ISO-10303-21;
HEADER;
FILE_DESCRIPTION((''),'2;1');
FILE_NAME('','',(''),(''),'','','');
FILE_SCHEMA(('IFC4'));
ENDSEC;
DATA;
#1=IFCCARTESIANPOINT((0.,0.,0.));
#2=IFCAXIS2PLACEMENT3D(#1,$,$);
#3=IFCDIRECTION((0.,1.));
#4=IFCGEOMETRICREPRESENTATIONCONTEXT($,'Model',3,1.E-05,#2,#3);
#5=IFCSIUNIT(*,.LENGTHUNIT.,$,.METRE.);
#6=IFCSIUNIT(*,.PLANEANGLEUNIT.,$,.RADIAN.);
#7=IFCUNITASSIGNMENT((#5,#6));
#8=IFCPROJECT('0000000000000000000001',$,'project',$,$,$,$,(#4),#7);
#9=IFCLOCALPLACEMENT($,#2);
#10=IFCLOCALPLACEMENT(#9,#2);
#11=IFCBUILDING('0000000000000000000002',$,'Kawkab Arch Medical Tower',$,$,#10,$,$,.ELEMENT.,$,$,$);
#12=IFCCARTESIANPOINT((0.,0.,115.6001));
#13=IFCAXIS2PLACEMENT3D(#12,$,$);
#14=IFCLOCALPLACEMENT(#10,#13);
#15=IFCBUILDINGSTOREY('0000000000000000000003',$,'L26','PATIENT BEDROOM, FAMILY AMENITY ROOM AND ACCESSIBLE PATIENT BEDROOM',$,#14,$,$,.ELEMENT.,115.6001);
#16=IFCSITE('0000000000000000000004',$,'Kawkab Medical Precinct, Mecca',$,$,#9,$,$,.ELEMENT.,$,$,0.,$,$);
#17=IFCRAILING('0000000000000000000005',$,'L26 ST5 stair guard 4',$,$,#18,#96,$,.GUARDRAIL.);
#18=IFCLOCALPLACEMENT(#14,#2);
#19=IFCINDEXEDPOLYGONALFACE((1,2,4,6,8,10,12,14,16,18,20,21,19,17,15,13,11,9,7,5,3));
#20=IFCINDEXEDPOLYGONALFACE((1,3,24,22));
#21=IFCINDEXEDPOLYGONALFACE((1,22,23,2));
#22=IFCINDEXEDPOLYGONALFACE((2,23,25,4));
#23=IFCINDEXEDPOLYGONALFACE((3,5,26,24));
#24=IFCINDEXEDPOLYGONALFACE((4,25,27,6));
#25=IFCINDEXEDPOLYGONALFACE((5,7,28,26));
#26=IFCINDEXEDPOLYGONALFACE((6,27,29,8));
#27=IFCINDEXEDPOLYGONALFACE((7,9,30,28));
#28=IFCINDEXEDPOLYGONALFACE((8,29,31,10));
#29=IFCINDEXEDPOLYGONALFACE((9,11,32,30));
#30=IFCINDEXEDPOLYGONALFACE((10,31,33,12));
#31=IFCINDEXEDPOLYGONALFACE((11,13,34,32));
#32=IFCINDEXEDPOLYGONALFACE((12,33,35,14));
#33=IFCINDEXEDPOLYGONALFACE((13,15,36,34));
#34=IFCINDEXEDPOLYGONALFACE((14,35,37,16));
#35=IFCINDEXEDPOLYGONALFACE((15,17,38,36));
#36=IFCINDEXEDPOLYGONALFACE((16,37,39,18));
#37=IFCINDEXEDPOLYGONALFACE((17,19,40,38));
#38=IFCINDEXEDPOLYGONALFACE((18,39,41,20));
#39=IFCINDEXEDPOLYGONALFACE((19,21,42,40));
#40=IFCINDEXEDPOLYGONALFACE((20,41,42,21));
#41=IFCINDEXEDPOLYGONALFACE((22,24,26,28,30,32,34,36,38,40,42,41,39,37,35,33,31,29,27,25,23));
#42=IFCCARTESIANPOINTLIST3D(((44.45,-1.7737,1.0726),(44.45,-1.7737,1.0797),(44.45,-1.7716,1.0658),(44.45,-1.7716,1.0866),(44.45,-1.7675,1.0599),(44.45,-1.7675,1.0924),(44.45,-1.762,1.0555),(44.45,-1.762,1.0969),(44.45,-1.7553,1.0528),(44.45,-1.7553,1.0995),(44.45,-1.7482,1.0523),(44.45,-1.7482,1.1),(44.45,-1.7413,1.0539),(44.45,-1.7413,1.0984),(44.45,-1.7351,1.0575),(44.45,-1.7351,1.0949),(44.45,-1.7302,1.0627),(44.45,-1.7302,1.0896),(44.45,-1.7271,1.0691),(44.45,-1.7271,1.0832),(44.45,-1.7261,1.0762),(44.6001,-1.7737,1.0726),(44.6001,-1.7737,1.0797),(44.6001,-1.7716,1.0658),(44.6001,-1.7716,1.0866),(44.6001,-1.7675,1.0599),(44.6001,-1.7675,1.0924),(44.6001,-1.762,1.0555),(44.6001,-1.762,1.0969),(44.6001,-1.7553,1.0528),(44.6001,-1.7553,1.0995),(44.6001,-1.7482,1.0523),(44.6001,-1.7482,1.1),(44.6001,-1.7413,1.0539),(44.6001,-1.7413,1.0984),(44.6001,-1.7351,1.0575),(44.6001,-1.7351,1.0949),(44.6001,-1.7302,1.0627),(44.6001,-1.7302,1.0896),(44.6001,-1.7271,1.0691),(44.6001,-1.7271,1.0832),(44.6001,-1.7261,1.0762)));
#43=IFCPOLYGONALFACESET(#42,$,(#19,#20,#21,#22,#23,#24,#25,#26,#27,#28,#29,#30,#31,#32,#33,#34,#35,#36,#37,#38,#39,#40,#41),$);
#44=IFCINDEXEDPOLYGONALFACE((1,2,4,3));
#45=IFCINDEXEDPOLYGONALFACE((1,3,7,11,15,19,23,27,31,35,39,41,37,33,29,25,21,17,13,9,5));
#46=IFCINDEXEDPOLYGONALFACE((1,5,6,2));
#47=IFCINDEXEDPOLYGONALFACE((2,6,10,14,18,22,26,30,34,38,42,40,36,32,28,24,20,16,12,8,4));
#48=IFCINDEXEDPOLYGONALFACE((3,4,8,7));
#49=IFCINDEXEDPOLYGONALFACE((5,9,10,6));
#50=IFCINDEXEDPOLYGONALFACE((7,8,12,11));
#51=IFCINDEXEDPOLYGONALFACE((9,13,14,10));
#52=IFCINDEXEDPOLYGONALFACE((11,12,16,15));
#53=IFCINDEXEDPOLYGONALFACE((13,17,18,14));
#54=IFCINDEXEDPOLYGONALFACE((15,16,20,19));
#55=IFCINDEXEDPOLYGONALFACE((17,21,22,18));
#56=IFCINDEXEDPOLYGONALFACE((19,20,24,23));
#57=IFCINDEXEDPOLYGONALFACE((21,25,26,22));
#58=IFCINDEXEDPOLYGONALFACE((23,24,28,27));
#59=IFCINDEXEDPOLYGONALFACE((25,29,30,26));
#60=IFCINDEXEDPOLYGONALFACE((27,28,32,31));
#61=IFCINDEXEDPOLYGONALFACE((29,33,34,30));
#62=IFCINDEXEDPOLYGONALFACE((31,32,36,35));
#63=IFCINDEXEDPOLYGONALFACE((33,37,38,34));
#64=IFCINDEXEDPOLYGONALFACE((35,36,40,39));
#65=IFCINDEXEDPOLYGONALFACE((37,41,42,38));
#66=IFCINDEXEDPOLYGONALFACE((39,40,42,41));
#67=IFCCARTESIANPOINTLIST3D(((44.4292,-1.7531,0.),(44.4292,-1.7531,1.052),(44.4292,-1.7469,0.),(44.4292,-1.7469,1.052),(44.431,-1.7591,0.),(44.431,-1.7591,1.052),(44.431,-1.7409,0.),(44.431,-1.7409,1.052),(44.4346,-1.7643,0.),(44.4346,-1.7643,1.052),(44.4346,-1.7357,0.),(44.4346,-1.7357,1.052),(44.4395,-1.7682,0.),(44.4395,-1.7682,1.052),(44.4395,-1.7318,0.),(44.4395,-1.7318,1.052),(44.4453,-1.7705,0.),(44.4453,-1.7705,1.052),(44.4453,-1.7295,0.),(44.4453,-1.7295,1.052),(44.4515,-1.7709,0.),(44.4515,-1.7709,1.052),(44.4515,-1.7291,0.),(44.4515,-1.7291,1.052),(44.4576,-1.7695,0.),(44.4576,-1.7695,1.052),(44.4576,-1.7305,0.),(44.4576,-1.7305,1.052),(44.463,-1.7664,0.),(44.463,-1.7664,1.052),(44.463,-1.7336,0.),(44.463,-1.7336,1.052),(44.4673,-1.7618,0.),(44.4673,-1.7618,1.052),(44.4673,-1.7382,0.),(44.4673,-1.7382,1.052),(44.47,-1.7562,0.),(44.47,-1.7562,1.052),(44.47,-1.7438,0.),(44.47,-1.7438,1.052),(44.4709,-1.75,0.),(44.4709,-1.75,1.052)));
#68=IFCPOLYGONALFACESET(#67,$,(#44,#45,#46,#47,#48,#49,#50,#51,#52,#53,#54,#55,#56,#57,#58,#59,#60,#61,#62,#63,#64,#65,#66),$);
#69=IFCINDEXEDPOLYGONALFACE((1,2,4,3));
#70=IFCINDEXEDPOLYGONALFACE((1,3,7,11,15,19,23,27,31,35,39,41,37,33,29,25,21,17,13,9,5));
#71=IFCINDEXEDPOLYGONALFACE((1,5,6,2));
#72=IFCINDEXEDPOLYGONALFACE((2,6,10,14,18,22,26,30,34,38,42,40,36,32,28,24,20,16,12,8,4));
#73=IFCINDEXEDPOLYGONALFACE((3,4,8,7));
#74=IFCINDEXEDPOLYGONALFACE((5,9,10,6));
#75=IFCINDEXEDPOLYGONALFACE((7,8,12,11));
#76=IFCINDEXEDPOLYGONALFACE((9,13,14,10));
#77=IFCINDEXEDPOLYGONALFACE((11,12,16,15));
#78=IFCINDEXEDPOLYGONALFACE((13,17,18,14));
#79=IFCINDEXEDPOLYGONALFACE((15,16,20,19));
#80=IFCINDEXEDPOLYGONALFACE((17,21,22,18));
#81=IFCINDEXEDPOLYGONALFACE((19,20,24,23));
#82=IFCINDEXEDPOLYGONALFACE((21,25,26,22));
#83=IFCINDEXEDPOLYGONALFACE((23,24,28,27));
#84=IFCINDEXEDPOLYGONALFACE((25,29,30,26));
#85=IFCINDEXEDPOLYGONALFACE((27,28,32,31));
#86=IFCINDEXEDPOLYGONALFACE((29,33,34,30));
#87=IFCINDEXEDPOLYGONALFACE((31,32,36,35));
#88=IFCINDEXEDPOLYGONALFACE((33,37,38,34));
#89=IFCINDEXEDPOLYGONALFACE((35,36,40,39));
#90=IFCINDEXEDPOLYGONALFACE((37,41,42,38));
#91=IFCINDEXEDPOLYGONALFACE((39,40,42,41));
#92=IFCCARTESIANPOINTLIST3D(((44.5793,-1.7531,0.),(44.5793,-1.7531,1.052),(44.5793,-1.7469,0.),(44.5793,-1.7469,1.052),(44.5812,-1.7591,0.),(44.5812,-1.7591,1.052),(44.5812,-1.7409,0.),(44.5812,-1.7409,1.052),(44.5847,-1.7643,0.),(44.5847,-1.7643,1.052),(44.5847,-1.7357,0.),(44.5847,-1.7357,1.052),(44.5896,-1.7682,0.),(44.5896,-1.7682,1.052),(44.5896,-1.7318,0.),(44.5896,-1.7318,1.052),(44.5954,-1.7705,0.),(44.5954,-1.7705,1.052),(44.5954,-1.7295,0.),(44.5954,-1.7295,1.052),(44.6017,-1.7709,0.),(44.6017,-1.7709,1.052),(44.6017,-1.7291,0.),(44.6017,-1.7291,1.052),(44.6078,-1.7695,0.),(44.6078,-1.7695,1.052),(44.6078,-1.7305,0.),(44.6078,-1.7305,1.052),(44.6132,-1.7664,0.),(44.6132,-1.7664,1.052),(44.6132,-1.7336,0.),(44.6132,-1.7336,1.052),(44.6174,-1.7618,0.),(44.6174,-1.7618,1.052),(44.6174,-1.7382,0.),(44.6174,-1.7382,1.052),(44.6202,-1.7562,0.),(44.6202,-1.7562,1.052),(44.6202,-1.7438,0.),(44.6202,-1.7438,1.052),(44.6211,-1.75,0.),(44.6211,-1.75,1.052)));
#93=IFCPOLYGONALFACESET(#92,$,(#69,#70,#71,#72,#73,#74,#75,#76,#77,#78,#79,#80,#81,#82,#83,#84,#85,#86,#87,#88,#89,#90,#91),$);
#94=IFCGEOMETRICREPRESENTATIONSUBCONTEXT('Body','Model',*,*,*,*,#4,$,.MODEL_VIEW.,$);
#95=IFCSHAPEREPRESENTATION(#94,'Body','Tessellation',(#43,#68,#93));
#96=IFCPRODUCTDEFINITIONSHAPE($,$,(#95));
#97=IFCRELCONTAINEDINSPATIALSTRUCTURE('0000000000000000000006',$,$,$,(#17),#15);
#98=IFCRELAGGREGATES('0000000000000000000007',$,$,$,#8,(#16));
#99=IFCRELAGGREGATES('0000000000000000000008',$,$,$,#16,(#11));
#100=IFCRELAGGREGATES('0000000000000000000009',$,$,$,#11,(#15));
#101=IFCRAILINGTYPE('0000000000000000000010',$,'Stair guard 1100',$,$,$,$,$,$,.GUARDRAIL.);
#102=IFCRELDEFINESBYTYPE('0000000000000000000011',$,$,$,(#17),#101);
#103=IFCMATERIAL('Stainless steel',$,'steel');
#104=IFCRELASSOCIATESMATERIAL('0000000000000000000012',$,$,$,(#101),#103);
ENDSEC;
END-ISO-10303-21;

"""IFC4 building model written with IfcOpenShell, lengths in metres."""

from ifc_helpers import new_model, si_unit, direction, frame, origin, origin_2d, place, context, subcontext, project, spatial, circle, extrude, material, type_object, element, save


model = new_model("IFC4")

# Units and contexts
model_context = context("Model", 3, precision=1e-05, world=origin(), true_north=direction((0.0, 1.0)))
body_context = subcontext(model_context, "Body", "Model", "MODEL_VIEW")
ifc_project = project(units=[si_unit("LENGTHUNIT", "METRE"), si_unit("PLANEANGLEUNIT", "RADIAN")], contexts=[model_context])

# Site, building, storey
site_placement = place(None, origin())
site = spatial("IfcSite", under=ifc_project, at=site_placement, Name="Kawkab Medical Precinct, Mecca", CompositionType="ELEMENT", RefElevation=0.0)
building_placement = place(site_placement, origin())
building = spatial("IfcBuilding", under=site, at=building_placement, Name="Kawkab Arch Medical Tower", CompositionType="ELEMENT")
storey_placement = place(building_placement, frame((0.0, 0.0, 115.6001)))
storey = spatial("IfcBuildingStorey", under=building, at=storey_placement, Name="L26", Description="PATIENT BEDROOM, FAMILY AMENITY ROOM AND ACCESSIBLE PATIENT BEDROOM", CompositionType="ELEMENT", Elevation=115.6001)

# Railing
ifc_material_1 = material(Name="Stainless steel", Category="steel")
railing_type = type_object("IfcRailingType", Name="Stair guard 1100", PredefinedType="GUARDRAIL", material=ifc_material_1)
railing_1_placement = place(storey_placement, frame((44.45, -1.75, 0.0)))
element("IfcRailing", 1, at=railing_1_placement, inside=storey, type_object=railing_type, Name="L26 ST5 stair guard 4", PredefinedType="GUARDRAIL", context=body_context, shape_type="SweptSolid", body=[
    extrude(circle(Radius=0.0239, at=origin_2d()), frame((0.0, 0.0, 1.0762), z_axis=(1.0, 0.0, 0.0), x_axis=(0.0, 1.0, 0.0)), (0.0, 0.0, 1.0), 0.1501),
    extrude(circle(Radius=0.021, at=origin_2d()), origin(), (0.0, 0.0, 1.0), 1.052),
    extrude(circle(Radius=0.021, at=origin_2d()), frame((0.1501, 0.0, 0.0)), (0.0, 0.0, 1.0), 1.052),
])

save(model, "model.ifc")
